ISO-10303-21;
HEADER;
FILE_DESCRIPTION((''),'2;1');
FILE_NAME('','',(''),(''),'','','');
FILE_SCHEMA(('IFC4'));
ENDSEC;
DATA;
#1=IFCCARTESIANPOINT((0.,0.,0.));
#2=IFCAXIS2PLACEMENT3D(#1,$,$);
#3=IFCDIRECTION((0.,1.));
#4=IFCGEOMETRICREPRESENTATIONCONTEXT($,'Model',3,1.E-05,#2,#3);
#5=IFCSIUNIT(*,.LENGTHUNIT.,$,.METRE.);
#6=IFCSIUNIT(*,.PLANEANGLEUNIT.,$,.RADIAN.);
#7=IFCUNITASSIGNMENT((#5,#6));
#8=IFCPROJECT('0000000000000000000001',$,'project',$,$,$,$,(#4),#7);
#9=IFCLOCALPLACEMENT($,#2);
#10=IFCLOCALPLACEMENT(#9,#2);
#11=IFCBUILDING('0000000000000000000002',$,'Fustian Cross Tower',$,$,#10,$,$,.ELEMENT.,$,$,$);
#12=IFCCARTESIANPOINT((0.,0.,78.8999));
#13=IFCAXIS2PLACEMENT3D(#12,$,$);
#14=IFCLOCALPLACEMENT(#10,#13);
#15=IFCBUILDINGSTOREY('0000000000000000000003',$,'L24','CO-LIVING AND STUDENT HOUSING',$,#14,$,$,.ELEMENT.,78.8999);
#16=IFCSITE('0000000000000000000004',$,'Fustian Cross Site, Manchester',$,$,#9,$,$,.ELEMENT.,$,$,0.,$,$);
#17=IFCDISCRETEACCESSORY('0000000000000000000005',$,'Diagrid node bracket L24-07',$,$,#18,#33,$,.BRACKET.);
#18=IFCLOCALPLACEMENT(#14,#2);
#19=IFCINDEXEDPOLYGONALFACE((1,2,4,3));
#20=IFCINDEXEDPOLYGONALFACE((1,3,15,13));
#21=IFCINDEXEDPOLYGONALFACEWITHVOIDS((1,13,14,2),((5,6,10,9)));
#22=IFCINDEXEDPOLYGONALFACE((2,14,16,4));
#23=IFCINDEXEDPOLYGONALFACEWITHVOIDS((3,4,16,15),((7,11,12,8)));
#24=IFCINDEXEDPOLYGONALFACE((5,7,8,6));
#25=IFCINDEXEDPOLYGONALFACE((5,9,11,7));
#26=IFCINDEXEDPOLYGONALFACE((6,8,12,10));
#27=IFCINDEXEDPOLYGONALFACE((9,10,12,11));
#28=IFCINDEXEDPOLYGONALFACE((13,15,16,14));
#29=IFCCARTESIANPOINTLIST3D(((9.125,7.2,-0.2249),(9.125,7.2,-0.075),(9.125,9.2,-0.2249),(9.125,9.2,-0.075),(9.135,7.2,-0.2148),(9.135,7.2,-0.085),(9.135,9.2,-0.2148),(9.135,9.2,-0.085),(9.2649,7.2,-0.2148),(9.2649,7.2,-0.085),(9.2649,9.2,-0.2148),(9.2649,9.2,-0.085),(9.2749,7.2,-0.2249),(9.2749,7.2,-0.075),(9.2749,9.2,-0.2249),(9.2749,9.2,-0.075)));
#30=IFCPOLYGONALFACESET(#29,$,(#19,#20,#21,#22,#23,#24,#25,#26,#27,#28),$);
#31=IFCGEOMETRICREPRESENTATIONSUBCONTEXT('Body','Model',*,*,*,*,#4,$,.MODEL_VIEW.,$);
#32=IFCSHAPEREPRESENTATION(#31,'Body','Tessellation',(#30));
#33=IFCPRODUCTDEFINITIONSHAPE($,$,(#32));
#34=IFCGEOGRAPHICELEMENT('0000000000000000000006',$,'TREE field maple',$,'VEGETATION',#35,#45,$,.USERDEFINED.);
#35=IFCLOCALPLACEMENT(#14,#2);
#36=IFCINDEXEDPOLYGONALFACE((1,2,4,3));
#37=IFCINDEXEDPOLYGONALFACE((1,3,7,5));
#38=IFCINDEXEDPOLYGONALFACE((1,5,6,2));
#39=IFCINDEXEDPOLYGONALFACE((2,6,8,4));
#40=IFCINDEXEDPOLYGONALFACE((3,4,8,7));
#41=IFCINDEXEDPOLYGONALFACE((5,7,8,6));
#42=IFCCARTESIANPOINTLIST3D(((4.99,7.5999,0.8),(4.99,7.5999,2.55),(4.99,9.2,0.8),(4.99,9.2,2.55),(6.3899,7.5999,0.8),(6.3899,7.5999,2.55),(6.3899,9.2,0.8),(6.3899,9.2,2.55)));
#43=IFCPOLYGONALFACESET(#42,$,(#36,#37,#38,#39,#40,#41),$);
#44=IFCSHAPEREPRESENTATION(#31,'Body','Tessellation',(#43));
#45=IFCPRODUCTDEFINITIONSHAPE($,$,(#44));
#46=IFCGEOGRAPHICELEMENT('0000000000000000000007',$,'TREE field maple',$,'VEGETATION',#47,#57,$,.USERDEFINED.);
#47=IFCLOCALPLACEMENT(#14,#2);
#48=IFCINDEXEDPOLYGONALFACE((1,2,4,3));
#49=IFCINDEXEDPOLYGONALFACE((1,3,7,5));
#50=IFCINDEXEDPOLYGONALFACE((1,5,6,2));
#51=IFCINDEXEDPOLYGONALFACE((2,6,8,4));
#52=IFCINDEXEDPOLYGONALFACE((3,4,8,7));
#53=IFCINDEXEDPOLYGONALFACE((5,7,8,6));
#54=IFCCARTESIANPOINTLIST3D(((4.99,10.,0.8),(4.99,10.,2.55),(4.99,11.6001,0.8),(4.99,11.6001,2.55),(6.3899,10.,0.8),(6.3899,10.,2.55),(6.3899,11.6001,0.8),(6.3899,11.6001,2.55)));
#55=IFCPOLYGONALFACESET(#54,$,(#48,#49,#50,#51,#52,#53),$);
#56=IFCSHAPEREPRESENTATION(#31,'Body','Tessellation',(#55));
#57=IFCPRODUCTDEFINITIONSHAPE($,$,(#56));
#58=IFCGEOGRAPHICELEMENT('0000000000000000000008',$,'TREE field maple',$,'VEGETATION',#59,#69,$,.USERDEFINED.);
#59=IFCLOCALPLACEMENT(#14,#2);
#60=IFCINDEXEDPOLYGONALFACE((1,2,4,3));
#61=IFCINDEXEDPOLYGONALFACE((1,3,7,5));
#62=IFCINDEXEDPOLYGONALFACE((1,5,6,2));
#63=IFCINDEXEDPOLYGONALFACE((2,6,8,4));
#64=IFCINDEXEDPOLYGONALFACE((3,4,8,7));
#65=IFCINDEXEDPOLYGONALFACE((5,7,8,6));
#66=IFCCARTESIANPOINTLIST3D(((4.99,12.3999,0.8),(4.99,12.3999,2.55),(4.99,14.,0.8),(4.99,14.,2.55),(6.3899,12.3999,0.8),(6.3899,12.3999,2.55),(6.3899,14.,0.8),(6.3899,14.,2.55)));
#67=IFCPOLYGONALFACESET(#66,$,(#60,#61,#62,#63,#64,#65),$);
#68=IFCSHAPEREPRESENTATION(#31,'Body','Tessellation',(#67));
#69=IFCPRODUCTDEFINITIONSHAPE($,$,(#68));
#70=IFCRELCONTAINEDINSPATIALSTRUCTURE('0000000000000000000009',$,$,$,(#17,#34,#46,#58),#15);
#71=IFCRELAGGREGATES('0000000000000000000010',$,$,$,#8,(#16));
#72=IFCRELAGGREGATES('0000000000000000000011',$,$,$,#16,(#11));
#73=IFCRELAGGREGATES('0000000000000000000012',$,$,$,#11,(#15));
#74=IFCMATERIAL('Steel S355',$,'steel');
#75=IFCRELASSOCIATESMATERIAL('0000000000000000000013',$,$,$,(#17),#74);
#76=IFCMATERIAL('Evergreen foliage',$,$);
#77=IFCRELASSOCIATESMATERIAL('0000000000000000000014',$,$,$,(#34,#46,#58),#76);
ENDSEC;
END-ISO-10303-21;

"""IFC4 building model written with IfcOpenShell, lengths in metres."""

from ifc_helpers import new_model, si_unit, direction, frame, origin, origin_2d, place, context, subcontext, project, spatial, rectangle, hollow_rectangle, extrude, material, element, save


model = new_model("IFC4")

# Units and contexts
model_context = context("Model", 3, precision=1e-05, world=origin(), true_north=direction((0.0, 1.0)))
body_context = subcontext(model_context, "Body", "Model", "MODEL_VIEW")
ifc_project = project(units=[si_unit("LENGTHUNIT", "METRE"), si_unit("PLANEANGLEUNIT", "RADIAN")], contexts=[model_context])

# Site, building, storey
site_placement = place(None, origin())
site = spatial("IfcSite", under=ifc_project, at=site_placement, Name="Fustian Cross Site, Manchester", CompositionType="ELEMENT", RefElevation=0.0)
building_placement = place(site_placement, origin())
building = spatial("IfcBuilding", under=site, at=building_placement, Name="Fustian Cross Tower", CompositionType="ELEMENT")
storey_placement = place(building_placement, frame((0.0, 0.0, 78.8999)))
storey = spatial("IfcBuildingStorey", under=building, at=storey_placement, Name="L24", Description="CO-LIVING AND STUDENT HOUSING", CompositionType="ELEMENT", Elevation=78.8999)

# Discrete accessory
ifc_material_1 = material(Name="Steel S355", Category="steel")
discrete_accessory_placement = place(storey_placement, frame((9.2, 9.2, -0.1499), z_axis=(0.0, -1.0, 0.0), x_axis=(1.0, 0.0, 0.0)))
element("IfcDiscreteAccessory", 1, at=discrete_accessory_placement, inside=storey, material=ifc_material_1, Name="Diagrid node bracket L24-07", PredefinedType="BRACKET", context=body_context, shape_type="SweptSolid", body=[
    extrude(hollow_rectangle(XDim=0.1499, YDim=0.1499, WallThickness=0.01, at=origin_2d()), origin(), (0.0, 0.0, 1.0), 2.0),
])

# Geographic elements
ifc_material_2 = material(Name="Evergreen foliage")
for number, where, z_axis, x_axis, name in (
    (2, (5.6899, 8.3999, 0.8), (0.0, 0.0, 1.0), (1.0, 0.0, 0.0), "TREE field maple"),
    (3, (5.6899, 10.8, 0.8), (0.0, 0.0, 1.0), (1.0, 0.0, 0.0), "TREE field maple"),
    (4, (5.6899, 13.2, 0.8), (0.0, 0.0, 1.0), (1.0, 0.0, 0.0), "TREE field maple"),
):
    element("IfcGeographicElement", number, at=place(storey_placement, frame(where, z_axis=z_axis, x_axis=x_axis)), inside=storey, material=ifc_material_2, Name=name, ObjectType="VEGETATION", PredefinedType="USERDEFINED", context=body_context, shape_type="SweptSolid", body=[
        extrude(rectangle(XDim=1.3999, YDim=1.6001, at=origin_2d()), origin(), (0.0, 0.0, 1.0), 1.75),
    ])

save(model, "model.ifc")
